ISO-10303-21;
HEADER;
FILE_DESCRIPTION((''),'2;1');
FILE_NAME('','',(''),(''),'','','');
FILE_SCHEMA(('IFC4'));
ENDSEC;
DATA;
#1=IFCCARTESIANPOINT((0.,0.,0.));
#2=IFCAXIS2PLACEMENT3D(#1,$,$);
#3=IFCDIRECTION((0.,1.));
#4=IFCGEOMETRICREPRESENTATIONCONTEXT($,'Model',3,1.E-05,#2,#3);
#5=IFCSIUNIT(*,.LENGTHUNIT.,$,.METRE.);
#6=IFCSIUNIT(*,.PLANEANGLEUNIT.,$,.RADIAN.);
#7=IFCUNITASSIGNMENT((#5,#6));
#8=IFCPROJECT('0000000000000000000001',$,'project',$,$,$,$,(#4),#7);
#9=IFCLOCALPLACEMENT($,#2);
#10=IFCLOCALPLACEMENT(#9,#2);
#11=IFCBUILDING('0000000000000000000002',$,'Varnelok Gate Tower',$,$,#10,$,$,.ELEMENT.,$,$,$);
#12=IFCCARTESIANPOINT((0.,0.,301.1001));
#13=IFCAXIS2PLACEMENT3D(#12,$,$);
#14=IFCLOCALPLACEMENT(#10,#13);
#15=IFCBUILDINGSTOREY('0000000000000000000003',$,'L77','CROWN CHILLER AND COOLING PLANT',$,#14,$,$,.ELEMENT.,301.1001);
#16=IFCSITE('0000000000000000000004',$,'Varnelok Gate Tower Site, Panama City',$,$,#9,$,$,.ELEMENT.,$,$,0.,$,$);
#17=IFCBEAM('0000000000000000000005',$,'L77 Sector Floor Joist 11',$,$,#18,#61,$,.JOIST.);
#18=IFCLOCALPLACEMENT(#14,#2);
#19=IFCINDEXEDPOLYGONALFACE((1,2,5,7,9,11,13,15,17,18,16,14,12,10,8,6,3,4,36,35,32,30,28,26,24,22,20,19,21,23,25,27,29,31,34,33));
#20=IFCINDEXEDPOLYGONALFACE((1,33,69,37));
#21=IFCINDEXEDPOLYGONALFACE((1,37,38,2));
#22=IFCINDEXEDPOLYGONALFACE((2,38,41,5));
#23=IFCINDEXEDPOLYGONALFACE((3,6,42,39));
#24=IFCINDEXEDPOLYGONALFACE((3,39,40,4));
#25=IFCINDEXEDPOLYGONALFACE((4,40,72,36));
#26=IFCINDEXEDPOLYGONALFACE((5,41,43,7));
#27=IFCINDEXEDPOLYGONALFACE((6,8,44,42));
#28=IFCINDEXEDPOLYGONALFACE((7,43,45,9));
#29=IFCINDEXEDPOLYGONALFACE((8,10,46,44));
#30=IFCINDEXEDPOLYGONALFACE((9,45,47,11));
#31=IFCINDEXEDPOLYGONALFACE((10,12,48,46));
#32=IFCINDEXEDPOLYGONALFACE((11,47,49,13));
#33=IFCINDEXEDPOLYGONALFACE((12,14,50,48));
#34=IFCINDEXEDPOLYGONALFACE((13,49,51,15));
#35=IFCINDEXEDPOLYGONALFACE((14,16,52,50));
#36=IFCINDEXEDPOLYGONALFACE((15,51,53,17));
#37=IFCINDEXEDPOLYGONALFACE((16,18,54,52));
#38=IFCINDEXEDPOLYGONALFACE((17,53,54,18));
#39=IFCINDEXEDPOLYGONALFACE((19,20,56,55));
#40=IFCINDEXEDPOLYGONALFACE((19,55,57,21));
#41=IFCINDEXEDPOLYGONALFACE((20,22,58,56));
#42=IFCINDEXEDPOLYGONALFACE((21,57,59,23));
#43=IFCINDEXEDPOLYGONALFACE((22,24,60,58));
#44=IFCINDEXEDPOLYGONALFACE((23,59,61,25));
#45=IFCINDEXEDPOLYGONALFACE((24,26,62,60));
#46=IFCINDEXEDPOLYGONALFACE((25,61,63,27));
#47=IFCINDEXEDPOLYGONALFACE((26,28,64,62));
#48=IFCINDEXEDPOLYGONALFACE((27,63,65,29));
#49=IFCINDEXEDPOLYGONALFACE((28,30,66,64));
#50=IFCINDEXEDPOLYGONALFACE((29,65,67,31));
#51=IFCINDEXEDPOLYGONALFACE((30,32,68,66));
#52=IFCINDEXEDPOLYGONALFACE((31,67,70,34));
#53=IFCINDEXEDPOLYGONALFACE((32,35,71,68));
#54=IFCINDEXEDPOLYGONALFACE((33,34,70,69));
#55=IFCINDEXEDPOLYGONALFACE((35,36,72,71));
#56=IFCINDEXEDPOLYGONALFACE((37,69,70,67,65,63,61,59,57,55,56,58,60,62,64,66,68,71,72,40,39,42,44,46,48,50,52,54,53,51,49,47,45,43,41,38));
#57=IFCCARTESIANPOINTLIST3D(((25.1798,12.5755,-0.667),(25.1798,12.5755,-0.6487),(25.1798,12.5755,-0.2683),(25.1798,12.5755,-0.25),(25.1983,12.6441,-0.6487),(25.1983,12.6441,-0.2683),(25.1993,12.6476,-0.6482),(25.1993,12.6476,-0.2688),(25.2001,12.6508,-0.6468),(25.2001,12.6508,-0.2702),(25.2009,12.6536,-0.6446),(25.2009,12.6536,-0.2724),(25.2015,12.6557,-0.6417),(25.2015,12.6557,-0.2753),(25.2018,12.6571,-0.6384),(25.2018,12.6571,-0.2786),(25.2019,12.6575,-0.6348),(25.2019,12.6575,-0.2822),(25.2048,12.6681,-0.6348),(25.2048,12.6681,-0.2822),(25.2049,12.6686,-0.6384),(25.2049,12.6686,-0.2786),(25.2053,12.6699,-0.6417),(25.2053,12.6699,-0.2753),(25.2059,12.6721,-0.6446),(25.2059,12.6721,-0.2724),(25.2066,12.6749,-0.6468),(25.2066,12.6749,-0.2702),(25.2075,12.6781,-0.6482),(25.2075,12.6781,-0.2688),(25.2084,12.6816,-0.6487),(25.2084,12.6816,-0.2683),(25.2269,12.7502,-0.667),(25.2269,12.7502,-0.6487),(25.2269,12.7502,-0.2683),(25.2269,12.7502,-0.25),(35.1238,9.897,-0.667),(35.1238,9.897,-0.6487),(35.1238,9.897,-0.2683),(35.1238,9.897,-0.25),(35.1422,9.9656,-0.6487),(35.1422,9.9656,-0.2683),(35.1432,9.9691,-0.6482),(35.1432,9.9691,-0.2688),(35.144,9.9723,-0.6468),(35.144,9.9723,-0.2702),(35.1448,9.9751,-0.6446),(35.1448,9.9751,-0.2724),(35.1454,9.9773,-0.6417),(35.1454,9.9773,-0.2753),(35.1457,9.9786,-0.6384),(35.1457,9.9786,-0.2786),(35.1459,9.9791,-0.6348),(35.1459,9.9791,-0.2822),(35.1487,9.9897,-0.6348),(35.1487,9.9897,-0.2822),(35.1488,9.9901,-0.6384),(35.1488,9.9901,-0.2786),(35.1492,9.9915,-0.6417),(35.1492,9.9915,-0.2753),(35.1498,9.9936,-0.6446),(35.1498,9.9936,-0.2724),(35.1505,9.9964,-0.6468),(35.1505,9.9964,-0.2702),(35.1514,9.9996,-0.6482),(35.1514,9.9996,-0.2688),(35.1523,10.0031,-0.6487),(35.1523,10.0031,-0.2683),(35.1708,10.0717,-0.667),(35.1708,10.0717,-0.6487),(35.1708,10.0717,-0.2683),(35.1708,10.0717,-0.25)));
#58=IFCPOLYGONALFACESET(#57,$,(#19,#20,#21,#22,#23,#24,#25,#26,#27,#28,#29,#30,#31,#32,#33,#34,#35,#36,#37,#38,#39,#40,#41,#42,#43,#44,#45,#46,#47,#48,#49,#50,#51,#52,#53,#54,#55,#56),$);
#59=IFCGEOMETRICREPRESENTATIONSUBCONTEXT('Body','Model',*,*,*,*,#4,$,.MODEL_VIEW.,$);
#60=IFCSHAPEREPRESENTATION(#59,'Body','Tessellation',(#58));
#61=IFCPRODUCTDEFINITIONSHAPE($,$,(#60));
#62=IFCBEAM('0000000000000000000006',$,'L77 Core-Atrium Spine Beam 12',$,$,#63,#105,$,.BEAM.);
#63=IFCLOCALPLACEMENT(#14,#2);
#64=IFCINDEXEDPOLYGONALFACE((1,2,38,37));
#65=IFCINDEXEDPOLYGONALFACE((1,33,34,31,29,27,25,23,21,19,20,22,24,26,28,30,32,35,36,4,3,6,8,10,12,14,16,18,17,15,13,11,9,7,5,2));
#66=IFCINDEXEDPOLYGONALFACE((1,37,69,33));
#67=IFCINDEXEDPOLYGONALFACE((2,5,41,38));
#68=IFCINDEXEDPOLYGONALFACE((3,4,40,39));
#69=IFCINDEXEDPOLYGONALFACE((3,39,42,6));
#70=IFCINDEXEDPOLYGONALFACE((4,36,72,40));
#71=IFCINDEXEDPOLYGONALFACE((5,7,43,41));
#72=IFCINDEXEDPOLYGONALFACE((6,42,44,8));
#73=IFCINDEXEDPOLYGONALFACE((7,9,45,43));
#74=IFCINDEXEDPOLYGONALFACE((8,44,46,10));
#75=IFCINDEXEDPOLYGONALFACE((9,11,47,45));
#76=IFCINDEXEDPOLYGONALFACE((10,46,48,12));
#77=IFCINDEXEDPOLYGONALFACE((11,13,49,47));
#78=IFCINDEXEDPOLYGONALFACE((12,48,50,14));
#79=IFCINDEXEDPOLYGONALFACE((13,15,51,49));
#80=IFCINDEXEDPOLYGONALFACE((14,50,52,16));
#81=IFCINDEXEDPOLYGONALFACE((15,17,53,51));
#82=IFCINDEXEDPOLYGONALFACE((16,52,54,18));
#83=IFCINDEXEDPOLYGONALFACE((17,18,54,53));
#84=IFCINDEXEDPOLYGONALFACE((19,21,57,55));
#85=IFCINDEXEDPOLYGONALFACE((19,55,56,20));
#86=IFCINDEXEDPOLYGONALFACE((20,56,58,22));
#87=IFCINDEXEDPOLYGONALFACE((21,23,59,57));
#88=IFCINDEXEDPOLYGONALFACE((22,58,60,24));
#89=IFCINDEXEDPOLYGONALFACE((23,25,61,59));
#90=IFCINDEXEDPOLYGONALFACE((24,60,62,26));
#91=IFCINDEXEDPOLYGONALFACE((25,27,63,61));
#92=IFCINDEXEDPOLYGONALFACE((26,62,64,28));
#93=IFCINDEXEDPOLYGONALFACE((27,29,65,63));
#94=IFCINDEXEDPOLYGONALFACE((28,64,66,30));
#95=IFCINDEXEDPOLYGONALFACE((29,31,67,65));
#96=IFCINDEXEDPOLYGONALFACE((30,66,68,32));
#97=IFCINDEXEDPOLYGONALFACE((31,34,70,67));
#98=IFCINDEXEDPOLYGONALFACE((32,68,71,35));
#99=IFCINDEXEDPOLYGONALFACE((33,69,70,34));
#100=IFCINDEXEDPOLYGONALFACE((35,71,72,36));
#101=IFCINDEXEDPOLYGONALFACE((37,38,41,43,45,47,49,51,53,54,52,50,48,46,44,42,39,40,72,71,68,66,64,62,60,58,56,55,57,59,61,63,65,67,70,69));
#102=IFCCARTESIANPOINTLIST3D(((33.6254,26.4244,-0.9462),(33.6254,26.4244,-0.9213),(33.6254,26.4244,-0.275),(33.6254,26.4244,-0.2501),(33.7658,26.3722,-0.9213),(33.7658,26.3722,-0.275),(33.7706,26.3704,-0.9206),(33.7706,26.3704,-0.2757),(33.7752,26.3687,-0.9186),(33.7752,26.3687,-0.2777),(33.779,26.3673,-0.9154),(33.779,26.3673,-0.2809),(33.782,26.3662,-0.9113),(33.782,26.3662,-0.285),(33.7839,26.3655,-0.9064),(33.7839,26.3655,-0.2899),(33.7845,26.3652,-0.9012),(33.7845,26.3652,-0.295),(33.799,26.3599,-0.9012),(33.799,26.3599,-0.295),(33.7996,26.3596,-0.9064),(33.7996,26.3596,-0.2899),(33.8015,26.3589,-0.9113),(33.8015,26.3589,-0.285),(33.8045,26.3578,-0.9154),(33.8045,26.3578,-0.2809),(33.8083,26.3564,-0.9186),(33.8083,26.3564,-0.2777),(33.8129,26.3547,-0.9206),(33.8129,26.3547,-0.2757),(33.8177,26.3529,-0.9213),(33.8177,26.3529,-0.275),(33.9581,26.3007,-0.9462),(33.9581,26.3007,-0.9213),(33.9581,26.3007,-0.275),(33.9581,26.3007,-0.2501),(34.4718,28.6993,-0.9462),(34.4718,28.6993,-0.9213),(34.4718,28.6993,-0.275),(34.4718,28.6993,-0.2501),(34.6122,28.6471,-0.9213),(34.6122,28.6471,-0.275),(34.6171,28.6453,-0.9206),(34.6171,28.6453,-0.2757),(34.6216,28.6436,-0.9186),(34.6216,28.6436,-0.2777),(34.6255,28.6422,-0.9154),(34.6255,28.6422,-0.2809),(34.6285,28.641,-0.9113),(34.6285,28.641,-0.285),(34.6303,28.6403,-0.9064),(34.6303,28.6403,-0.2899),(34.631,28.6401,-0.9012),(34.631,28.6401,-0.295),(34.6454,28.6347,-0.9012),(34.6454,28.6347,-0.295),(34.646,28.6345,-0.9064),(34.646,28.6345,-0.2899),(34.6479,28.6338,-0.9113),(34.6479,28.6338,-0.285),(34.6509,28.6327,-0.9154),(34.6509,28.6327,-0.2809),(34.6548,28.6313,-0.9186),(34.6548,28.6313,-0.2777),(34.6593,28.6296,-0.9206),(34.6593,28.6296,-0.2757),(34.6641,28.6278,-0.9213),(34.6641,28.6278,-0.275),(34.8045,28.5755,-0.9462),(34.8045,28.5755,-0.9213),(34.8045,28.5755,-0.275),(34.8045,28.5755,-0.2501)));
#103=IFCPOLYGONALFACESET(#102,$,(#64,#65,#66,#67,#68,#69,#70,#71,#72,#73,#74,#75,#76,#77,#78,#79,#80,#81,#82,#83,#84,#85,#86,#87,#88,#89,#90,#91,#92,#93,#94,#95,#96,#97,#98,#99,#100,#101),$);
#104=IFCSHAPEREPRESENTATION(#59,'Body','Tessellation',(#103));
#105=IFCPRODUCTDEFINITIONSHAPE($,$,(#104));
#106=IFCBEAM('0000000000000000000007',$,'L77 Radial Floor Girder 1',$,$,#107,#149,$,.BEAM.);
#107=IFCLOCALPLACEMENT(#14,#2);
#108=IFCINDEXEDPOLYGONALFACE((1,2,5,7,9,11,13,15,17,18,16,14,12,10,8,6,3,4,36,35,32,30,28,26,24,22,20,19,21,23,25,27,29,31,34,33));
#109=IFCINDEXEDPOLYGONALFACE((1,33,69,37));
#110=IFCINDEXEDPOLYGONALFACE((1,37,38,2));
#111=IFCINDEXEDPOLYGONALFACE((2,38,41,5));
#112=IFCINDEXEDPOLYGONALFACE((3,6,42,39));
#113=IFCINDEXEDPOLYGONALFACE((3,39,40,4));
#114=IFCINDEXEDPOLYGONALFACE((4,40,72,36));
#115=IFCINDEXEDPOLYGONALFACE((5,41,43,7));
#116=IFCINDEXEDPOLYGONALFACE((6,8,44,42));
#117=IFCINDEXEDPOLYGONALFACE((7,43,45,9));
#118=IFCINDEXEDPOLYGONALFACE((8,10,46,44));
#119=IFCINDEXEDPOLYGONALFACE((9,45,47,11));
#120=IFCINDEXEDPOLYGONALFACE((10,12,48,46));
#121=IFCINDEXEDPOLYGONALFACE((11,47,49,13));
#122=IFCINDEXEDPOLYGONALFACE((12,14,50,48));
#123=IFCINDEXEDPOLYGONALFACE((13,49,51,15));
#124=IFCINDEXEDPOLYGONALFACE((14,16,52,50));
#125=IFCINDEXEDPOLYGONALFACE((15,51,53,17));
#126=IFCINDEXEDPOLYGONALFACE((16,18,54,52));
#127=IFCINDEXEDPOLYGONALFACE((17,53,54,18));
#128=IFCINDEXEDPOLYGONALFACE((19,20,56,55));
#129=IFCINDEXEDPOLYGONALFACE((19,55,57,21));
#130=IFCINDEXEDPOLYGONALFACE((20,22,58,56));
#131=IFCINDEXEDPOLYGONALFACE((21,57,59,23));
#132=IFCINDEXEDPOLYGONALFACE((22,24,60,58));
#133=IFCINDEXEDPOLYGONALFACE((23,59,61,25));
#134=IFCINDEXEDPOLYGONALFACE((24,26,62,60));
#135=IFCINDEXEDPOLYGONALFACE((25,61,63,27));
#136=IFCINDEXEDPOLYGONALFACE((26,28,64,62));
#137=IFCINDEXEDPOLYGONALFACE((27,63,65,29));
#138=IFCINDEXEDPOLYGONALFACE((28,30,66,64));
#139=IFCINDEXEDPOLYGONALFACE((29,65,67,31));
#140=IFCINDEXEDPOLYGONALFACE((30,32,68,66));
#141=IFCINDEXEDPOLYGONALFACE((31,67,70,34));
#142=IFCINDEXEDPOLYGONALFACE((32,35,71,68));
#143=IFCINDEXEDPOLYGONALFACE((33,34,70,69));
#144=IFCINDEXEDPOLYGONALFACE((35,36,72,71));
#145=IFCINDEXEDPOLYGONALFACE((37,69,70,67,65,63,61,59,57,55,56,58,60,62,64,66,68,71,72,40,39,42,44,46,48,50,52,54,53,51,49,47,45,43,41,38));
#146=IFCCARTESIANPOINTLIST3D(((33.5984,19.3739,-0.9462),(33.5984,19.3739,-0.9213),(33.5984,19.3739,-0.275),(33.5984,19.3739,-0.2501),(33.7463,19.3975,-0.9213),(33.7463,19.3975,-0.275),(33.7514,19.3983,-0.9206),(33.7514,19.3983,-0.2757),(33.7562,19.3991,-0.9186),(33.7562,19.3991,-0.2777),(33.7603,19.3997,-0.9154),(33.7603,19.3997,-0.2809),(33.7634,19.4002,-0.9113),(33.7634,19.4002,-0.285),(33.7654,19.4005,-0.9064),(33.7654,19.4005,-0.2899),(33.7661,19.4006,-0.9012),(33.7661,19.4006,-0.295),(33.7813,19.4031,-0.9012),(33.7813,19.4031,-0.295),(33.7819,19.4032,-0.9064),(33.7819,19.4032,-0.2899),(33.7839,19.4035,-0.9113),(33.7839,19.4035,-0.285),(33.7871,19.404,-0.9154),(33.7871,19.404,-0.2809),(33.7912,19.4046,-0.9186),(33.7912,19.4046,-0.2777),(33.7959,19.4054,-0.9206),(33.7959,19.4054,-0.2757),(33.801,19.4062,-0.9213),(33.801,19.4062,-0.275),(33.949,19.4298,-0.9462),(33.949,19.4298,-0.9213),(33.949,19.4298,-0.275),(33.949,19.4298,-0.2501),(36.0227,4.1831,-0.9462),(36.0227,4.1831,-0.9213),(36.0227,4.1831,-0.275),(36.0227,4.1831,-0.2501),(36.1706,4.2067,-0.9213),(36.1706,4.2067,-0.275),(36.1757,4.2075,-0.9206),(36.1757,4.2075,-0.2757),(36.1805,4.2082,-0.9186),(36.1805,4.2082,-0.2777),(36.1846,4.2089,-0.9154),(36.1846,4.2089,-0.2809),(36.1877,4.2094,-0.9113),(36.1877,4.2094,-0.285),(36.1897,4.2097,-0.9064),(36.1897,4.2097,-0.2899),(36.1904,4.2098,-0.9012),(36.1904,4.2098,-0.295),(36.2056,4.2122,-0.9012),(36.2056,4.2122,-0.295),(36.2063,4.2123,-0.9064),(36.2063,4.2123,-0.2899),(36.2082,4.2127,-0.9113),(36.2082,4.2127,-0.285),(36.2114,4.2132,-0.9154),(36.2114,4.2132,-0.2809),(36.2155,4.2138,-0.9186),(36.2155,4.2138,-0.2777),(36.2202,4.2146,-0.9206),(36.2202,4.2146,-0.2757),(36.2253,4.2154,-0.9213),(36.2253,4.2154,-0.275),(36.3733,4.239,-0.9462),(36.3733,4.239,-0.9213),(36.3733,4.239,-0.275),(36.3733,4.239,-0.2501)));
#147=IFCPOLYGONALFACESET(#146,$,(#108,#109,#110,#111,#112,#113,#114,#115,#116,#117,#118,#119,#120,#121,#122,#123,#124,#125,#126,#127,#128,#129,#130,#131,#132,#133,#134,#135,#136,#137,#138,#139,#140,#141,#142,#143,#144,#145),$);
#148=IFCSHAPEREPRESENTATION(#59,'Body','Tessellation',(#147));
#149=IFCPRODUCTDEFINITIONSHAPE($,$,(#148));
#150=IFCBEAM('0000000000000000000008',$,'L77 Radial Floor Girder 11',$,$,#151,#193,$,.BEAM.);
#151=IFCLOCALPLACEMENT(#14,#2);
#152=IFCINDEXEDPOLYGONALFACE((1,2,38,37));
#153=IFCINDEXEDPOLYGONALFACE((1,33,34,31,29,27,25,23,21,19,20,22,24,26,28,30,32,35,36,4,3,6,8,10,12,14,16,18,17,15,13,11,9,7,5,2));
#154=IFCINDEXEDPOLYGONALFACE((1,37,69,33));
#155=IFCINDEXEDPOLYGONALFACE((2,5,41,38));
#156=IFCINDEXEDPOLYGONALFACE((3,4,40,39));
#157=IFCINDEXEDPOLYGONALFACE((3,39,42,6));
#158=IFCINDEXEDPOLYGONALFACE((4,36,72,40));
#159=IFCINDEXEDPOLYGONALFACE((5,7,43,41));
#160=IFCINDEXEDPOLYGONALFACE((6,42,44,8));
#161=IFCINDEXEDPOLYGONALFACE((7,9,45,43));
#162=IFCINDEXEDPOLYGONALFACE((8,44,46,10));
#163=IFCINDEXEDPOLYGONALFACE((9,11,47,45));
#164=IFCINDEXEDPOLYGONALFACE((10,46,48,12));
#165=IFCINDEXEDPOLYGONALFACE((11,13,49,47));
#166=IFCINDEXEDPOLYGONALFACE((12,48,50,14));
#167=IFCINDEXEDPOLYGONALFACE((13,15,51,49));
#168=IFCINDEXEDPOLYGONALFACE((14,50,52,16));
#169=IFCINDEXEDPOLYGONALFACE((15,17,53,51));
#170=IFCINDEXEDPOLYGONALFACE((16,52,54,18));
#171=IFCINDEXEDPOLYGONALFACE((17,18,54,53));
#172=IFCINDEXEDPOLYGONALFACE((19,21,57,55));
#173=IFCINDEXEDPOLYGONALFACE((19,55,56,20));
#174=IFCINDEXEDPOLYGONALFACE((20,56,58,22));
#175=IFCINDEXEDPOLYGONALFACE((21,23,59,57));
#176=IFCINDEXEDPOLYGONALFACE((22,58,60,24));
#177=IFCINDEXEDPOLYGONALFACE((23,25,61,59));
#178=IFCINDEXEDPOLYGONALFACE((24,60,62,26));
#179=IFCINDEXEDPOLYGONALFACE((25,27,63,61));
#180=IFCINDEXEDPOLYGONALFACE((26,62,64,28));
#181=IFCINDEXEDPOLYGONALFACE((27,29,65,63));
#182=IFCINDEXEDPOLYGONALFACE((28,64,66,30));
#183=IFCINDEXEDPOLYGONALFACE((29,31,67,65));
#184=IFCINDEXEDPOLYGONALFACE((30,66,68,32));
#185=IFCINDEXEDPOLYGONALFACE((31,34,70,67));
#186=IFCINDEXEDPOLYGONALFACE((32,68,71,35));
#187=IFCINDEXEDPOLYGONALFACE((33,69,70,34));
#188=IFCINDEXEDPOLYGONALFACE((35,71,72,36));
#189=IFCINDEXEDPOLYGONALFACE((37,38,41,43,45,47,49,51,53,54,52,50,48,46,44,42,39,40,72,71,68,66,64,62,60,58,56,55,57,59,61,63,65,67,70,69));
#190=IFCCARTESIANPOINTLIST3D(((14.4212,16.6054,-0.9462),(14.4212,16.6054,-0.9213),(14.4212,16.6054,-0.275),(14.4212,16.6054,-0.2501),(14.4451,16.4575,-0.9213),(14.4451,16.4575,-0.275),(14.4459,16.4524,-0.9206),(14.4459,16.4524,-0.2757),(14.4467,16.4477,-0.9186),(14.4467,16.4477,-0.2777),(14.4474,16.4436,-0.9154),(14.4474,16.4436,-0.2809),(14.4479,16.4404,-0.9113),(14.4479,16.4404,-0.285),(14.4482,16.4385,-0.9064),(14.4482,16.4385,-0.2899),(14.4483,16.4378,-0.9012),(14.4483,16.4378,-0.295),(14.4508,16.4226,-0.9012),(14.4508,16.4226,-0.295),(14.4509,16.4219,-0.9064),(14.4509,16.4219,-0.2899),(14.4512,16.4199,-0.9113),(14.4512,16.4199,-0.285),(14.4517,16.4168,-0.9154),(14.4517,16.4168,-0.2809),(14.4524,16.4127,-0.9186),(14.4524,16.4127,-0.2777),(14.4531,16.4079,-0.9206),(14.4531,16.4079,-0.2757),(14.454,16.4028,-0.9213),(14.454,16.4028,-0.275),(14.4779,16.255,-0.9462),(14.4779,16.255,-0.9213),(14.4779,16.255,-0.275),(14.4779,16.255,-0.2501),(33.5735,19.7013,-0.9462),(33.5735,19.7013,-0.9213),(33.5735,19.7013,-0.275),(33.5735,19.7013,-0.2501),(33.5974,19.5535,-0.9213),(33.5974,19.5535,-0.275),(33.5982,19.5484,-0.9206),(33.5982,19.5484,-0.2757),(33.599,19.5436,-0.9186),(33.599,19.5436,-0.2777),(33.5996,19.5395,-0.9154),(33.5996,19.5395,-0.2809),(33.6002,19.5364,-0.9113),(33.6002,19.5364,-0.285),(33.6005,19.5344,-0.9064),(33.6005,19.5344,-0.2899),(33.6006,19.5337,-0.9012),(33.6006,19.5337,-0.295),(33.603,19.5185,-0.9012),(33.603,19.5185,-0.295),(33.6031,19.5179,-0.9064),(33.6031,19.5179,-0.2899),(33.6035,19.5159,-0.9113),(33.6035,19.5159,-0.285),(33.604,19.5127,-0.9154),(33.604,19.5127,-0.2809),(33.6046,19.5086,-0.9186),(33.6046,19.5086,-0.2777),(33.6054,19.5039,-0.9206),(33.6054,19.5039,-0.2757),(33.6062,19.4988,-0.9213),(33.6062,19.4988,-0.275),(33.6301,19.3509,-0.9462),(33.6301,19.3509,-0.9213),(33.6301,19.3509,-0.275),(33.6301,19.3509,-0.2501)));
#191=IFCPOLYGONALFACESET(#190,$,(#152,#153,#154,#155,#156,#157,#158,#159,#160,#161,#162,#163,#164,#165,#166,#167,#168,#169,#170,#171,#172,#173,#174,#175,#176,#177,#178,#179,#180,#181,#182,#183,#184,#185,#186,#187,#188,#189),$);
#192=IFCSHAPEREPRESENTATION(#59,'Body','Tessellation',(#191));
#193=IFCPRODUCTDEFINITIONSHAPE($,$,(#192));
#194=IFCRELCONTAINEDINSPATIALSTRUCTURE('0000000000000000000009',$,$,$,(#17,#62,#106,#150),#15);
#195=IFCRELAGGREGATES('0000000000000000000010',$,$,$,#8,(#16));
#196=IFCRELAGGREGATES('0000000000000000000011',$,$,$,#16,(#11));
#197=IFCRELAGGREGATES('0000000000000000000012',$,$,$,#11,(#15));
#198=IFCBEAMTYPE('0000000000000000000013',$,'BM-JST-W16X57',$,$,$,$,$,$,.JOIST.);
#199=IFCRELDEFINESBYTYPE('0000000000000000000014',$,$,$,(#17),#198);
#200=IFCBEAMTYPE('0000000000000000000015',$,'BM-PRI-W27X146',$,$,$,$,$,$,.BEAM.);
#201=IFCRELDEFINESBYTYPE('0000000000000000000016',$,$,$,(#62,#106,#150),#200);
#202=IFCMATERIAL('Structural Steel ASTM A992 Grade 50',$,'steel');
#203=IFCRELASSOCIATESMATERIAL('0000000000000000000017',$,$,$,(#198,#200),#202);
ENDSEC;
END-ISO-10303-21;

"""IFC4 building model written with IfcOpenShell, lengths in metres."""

from ifc_helpers import new_model, si_unit, direction, frame, origin, origin_2d, place, context, subcontext, project, spatial, i_section, extrude, material, material_profile, profile_set, type_object, element, save


model = new_model("IFC4")

# Units and contexts
model_context = context("Model", 3, precision=1e-05, world=origin(), true_north=direction((0.0, 1.0)))
body_context = subcontext(model_context, "Body", "Model", "MODEL_VIEW")
ifc_project = project(units=[si_unit("LENGTHUNIT", "METRE"), si_unit("PLANEANGLEUNIT", "RADIAN")], contexts=[model_context])

# Site, building, storey
site_placement = place(None, origin())
site = spatial("IfcSite", under=ifc_project, at=site_placement, Name="Varnelok Gate Tower Site, Panama City", CompositionType="ELEMENT", RefElevation=0.0)
building_placement = place(site_placement, origin())
building = spatial("IfcBuilding", under=site, at=building_placement, Name="Varnelok Gate Tower", CompositionType="ELEMENT")
storey_placement = place(building_placement, frame((0.0, 0.0, 301.1001)))
storey = spatial("IfcBuildingStorey", under=building, at=storey_placement, Name="L77", Description="CROWN CHILLER AND COOLING PLANT", CompositionType="ELEMENT", Elevation=301.1001)

# Shared definitions
ifc_material_1 = material(Name="Structural Steel ASTM A992 Grade 50", Category="steel")

# Beams
ifc_material_profile_1 = material_profile(ifc_material_1, i_section(OverallWidth=0.1809, OverallDepth=0.417, WebThickness=0.011, FlangeThickness=0.0183, FilletRadius=0.0139, at=origin_2d()), Name="W16X57")
ifc_profile_set_1 = profile_set([ifc_material_profile_1], Name="Structural Steel ASTM A992 Grade 50")
beam_type_1 = type_object("IfcBeamType", Name="BM-JST-W16X57", PredefinedType="JOIST", material=ifc_profile_set_1)
beam_1_placement = place(storey_placement, frame((25.2034, 12.6628, -0.4585), z_axis=(0.965585, -0.260089, 0.0), x_axis=(0.260089, 0.965585, 0.0)))
element("IfcBeam", 1, at=beam_1_placement, inside=storey, type_object=beam_type_1, Name="L77 Sector Floor Joist 11", PredefinedType="JOIST", context=body_context, shape_type="SweptSolid", body=[
    extrude(i_section(OverallWidth=0.1809, OverallDepth=0.417, WebThickness=0.011, FlangeThickness=0.0183, FilletRadius=0.0139, at=origin_2d()), origin(), (0.0, 0.0, 1.0), 10.2983),
])
ifc_material_profile_2 = material_profile(ifc_material_1, i_section(OverallWidth=0.355, OverallDepth=0.696, WebThickness=0.0154, FlangeThickness=0.0249, FilletRadius=0.02, at=origin_2d()), Name="W27X146")
ifc_profile_set_2 = profile_set([ifc_material_profile_2], Name="Structural Steel ASTM A992 Grade 50")
beam_type_2 = type_object("IfcBeamType", Name="BM-PRI-W27X146", PredefinedType="BEAM", material=ifc_profile_set_2)
beam_2_placement = place(storey_placement, frame((33.7917, 26.3625, -0.5981), z_axis=(0.348719, 0.937227, 0.0), x_axis=(-0.937227, 0.348719, 0.0)))
element("IfcBeam", 2, at=beam_2_placement, inside=storey, type_object=beam_type_2, Name="L77 Core-Atrium Spine Beam 12", PredefinedType="BEAM", context=body_context, shape_type="SweptSolid", body=[
    extrude(i_section(OverallWidth=0.355, OverallDepth=0.696, WebThickness=0.0154, FlangeThickness=0.0249, FilletRadius=0.02, at=origin_2d()), origin(), (0.0, 0.0, 1.0), 2.4272),
])
beam_3_placement = place(storey_placement, frame((33.7737, 19.4019, -0.5981), z_axis=(0.157596, -0.987504, 0.0), x_axis=(0.987504, 0.157596, 0.0)))
element("IfcBeam", 3, at=beam_3_placement, inside=storey, type_object=beam_type_2, Name="L77 Radial Floor Girder 1", PredefinedType="BEAM", context=body_context, shape_type="SweptSolid", body=[
    extrude(i_section(OverallWidth=0.355, OverallDepth=0.696, WebThickness=0.0154, FlangeThickness=0.0249, FilletRadius=0.02, at=origin_2d()), origin(), (0.0, 0.0, 1.0), 15.3831),
])
beam_4_placement = place(storey_placement, frame((33.6018, 19.5261, -0.5981), z_axis=(-0.987185, -0.159577, 0.0), x_axis=(0.159577, -0.987185, 0.0)))
element("IfcBeam", 4, at=beam_4_placement, inside=storey, type_object=beam_type_2, Name="L77 Radial Floor Girder 11", PredefinedType="BEAM", context=body_context, shape_type="SweptSolid", body=[
    extrude(i_section(OverallWidth=0.355, OverallDepth=0.696, WebThickness=0.0154, FlangeThickness=0.0249, FilletRadius=0.02, at=origin_2d()), origin(), (0.0, 0.0, 1.0), 19.4009),
])

save(model, "model.ifc")
